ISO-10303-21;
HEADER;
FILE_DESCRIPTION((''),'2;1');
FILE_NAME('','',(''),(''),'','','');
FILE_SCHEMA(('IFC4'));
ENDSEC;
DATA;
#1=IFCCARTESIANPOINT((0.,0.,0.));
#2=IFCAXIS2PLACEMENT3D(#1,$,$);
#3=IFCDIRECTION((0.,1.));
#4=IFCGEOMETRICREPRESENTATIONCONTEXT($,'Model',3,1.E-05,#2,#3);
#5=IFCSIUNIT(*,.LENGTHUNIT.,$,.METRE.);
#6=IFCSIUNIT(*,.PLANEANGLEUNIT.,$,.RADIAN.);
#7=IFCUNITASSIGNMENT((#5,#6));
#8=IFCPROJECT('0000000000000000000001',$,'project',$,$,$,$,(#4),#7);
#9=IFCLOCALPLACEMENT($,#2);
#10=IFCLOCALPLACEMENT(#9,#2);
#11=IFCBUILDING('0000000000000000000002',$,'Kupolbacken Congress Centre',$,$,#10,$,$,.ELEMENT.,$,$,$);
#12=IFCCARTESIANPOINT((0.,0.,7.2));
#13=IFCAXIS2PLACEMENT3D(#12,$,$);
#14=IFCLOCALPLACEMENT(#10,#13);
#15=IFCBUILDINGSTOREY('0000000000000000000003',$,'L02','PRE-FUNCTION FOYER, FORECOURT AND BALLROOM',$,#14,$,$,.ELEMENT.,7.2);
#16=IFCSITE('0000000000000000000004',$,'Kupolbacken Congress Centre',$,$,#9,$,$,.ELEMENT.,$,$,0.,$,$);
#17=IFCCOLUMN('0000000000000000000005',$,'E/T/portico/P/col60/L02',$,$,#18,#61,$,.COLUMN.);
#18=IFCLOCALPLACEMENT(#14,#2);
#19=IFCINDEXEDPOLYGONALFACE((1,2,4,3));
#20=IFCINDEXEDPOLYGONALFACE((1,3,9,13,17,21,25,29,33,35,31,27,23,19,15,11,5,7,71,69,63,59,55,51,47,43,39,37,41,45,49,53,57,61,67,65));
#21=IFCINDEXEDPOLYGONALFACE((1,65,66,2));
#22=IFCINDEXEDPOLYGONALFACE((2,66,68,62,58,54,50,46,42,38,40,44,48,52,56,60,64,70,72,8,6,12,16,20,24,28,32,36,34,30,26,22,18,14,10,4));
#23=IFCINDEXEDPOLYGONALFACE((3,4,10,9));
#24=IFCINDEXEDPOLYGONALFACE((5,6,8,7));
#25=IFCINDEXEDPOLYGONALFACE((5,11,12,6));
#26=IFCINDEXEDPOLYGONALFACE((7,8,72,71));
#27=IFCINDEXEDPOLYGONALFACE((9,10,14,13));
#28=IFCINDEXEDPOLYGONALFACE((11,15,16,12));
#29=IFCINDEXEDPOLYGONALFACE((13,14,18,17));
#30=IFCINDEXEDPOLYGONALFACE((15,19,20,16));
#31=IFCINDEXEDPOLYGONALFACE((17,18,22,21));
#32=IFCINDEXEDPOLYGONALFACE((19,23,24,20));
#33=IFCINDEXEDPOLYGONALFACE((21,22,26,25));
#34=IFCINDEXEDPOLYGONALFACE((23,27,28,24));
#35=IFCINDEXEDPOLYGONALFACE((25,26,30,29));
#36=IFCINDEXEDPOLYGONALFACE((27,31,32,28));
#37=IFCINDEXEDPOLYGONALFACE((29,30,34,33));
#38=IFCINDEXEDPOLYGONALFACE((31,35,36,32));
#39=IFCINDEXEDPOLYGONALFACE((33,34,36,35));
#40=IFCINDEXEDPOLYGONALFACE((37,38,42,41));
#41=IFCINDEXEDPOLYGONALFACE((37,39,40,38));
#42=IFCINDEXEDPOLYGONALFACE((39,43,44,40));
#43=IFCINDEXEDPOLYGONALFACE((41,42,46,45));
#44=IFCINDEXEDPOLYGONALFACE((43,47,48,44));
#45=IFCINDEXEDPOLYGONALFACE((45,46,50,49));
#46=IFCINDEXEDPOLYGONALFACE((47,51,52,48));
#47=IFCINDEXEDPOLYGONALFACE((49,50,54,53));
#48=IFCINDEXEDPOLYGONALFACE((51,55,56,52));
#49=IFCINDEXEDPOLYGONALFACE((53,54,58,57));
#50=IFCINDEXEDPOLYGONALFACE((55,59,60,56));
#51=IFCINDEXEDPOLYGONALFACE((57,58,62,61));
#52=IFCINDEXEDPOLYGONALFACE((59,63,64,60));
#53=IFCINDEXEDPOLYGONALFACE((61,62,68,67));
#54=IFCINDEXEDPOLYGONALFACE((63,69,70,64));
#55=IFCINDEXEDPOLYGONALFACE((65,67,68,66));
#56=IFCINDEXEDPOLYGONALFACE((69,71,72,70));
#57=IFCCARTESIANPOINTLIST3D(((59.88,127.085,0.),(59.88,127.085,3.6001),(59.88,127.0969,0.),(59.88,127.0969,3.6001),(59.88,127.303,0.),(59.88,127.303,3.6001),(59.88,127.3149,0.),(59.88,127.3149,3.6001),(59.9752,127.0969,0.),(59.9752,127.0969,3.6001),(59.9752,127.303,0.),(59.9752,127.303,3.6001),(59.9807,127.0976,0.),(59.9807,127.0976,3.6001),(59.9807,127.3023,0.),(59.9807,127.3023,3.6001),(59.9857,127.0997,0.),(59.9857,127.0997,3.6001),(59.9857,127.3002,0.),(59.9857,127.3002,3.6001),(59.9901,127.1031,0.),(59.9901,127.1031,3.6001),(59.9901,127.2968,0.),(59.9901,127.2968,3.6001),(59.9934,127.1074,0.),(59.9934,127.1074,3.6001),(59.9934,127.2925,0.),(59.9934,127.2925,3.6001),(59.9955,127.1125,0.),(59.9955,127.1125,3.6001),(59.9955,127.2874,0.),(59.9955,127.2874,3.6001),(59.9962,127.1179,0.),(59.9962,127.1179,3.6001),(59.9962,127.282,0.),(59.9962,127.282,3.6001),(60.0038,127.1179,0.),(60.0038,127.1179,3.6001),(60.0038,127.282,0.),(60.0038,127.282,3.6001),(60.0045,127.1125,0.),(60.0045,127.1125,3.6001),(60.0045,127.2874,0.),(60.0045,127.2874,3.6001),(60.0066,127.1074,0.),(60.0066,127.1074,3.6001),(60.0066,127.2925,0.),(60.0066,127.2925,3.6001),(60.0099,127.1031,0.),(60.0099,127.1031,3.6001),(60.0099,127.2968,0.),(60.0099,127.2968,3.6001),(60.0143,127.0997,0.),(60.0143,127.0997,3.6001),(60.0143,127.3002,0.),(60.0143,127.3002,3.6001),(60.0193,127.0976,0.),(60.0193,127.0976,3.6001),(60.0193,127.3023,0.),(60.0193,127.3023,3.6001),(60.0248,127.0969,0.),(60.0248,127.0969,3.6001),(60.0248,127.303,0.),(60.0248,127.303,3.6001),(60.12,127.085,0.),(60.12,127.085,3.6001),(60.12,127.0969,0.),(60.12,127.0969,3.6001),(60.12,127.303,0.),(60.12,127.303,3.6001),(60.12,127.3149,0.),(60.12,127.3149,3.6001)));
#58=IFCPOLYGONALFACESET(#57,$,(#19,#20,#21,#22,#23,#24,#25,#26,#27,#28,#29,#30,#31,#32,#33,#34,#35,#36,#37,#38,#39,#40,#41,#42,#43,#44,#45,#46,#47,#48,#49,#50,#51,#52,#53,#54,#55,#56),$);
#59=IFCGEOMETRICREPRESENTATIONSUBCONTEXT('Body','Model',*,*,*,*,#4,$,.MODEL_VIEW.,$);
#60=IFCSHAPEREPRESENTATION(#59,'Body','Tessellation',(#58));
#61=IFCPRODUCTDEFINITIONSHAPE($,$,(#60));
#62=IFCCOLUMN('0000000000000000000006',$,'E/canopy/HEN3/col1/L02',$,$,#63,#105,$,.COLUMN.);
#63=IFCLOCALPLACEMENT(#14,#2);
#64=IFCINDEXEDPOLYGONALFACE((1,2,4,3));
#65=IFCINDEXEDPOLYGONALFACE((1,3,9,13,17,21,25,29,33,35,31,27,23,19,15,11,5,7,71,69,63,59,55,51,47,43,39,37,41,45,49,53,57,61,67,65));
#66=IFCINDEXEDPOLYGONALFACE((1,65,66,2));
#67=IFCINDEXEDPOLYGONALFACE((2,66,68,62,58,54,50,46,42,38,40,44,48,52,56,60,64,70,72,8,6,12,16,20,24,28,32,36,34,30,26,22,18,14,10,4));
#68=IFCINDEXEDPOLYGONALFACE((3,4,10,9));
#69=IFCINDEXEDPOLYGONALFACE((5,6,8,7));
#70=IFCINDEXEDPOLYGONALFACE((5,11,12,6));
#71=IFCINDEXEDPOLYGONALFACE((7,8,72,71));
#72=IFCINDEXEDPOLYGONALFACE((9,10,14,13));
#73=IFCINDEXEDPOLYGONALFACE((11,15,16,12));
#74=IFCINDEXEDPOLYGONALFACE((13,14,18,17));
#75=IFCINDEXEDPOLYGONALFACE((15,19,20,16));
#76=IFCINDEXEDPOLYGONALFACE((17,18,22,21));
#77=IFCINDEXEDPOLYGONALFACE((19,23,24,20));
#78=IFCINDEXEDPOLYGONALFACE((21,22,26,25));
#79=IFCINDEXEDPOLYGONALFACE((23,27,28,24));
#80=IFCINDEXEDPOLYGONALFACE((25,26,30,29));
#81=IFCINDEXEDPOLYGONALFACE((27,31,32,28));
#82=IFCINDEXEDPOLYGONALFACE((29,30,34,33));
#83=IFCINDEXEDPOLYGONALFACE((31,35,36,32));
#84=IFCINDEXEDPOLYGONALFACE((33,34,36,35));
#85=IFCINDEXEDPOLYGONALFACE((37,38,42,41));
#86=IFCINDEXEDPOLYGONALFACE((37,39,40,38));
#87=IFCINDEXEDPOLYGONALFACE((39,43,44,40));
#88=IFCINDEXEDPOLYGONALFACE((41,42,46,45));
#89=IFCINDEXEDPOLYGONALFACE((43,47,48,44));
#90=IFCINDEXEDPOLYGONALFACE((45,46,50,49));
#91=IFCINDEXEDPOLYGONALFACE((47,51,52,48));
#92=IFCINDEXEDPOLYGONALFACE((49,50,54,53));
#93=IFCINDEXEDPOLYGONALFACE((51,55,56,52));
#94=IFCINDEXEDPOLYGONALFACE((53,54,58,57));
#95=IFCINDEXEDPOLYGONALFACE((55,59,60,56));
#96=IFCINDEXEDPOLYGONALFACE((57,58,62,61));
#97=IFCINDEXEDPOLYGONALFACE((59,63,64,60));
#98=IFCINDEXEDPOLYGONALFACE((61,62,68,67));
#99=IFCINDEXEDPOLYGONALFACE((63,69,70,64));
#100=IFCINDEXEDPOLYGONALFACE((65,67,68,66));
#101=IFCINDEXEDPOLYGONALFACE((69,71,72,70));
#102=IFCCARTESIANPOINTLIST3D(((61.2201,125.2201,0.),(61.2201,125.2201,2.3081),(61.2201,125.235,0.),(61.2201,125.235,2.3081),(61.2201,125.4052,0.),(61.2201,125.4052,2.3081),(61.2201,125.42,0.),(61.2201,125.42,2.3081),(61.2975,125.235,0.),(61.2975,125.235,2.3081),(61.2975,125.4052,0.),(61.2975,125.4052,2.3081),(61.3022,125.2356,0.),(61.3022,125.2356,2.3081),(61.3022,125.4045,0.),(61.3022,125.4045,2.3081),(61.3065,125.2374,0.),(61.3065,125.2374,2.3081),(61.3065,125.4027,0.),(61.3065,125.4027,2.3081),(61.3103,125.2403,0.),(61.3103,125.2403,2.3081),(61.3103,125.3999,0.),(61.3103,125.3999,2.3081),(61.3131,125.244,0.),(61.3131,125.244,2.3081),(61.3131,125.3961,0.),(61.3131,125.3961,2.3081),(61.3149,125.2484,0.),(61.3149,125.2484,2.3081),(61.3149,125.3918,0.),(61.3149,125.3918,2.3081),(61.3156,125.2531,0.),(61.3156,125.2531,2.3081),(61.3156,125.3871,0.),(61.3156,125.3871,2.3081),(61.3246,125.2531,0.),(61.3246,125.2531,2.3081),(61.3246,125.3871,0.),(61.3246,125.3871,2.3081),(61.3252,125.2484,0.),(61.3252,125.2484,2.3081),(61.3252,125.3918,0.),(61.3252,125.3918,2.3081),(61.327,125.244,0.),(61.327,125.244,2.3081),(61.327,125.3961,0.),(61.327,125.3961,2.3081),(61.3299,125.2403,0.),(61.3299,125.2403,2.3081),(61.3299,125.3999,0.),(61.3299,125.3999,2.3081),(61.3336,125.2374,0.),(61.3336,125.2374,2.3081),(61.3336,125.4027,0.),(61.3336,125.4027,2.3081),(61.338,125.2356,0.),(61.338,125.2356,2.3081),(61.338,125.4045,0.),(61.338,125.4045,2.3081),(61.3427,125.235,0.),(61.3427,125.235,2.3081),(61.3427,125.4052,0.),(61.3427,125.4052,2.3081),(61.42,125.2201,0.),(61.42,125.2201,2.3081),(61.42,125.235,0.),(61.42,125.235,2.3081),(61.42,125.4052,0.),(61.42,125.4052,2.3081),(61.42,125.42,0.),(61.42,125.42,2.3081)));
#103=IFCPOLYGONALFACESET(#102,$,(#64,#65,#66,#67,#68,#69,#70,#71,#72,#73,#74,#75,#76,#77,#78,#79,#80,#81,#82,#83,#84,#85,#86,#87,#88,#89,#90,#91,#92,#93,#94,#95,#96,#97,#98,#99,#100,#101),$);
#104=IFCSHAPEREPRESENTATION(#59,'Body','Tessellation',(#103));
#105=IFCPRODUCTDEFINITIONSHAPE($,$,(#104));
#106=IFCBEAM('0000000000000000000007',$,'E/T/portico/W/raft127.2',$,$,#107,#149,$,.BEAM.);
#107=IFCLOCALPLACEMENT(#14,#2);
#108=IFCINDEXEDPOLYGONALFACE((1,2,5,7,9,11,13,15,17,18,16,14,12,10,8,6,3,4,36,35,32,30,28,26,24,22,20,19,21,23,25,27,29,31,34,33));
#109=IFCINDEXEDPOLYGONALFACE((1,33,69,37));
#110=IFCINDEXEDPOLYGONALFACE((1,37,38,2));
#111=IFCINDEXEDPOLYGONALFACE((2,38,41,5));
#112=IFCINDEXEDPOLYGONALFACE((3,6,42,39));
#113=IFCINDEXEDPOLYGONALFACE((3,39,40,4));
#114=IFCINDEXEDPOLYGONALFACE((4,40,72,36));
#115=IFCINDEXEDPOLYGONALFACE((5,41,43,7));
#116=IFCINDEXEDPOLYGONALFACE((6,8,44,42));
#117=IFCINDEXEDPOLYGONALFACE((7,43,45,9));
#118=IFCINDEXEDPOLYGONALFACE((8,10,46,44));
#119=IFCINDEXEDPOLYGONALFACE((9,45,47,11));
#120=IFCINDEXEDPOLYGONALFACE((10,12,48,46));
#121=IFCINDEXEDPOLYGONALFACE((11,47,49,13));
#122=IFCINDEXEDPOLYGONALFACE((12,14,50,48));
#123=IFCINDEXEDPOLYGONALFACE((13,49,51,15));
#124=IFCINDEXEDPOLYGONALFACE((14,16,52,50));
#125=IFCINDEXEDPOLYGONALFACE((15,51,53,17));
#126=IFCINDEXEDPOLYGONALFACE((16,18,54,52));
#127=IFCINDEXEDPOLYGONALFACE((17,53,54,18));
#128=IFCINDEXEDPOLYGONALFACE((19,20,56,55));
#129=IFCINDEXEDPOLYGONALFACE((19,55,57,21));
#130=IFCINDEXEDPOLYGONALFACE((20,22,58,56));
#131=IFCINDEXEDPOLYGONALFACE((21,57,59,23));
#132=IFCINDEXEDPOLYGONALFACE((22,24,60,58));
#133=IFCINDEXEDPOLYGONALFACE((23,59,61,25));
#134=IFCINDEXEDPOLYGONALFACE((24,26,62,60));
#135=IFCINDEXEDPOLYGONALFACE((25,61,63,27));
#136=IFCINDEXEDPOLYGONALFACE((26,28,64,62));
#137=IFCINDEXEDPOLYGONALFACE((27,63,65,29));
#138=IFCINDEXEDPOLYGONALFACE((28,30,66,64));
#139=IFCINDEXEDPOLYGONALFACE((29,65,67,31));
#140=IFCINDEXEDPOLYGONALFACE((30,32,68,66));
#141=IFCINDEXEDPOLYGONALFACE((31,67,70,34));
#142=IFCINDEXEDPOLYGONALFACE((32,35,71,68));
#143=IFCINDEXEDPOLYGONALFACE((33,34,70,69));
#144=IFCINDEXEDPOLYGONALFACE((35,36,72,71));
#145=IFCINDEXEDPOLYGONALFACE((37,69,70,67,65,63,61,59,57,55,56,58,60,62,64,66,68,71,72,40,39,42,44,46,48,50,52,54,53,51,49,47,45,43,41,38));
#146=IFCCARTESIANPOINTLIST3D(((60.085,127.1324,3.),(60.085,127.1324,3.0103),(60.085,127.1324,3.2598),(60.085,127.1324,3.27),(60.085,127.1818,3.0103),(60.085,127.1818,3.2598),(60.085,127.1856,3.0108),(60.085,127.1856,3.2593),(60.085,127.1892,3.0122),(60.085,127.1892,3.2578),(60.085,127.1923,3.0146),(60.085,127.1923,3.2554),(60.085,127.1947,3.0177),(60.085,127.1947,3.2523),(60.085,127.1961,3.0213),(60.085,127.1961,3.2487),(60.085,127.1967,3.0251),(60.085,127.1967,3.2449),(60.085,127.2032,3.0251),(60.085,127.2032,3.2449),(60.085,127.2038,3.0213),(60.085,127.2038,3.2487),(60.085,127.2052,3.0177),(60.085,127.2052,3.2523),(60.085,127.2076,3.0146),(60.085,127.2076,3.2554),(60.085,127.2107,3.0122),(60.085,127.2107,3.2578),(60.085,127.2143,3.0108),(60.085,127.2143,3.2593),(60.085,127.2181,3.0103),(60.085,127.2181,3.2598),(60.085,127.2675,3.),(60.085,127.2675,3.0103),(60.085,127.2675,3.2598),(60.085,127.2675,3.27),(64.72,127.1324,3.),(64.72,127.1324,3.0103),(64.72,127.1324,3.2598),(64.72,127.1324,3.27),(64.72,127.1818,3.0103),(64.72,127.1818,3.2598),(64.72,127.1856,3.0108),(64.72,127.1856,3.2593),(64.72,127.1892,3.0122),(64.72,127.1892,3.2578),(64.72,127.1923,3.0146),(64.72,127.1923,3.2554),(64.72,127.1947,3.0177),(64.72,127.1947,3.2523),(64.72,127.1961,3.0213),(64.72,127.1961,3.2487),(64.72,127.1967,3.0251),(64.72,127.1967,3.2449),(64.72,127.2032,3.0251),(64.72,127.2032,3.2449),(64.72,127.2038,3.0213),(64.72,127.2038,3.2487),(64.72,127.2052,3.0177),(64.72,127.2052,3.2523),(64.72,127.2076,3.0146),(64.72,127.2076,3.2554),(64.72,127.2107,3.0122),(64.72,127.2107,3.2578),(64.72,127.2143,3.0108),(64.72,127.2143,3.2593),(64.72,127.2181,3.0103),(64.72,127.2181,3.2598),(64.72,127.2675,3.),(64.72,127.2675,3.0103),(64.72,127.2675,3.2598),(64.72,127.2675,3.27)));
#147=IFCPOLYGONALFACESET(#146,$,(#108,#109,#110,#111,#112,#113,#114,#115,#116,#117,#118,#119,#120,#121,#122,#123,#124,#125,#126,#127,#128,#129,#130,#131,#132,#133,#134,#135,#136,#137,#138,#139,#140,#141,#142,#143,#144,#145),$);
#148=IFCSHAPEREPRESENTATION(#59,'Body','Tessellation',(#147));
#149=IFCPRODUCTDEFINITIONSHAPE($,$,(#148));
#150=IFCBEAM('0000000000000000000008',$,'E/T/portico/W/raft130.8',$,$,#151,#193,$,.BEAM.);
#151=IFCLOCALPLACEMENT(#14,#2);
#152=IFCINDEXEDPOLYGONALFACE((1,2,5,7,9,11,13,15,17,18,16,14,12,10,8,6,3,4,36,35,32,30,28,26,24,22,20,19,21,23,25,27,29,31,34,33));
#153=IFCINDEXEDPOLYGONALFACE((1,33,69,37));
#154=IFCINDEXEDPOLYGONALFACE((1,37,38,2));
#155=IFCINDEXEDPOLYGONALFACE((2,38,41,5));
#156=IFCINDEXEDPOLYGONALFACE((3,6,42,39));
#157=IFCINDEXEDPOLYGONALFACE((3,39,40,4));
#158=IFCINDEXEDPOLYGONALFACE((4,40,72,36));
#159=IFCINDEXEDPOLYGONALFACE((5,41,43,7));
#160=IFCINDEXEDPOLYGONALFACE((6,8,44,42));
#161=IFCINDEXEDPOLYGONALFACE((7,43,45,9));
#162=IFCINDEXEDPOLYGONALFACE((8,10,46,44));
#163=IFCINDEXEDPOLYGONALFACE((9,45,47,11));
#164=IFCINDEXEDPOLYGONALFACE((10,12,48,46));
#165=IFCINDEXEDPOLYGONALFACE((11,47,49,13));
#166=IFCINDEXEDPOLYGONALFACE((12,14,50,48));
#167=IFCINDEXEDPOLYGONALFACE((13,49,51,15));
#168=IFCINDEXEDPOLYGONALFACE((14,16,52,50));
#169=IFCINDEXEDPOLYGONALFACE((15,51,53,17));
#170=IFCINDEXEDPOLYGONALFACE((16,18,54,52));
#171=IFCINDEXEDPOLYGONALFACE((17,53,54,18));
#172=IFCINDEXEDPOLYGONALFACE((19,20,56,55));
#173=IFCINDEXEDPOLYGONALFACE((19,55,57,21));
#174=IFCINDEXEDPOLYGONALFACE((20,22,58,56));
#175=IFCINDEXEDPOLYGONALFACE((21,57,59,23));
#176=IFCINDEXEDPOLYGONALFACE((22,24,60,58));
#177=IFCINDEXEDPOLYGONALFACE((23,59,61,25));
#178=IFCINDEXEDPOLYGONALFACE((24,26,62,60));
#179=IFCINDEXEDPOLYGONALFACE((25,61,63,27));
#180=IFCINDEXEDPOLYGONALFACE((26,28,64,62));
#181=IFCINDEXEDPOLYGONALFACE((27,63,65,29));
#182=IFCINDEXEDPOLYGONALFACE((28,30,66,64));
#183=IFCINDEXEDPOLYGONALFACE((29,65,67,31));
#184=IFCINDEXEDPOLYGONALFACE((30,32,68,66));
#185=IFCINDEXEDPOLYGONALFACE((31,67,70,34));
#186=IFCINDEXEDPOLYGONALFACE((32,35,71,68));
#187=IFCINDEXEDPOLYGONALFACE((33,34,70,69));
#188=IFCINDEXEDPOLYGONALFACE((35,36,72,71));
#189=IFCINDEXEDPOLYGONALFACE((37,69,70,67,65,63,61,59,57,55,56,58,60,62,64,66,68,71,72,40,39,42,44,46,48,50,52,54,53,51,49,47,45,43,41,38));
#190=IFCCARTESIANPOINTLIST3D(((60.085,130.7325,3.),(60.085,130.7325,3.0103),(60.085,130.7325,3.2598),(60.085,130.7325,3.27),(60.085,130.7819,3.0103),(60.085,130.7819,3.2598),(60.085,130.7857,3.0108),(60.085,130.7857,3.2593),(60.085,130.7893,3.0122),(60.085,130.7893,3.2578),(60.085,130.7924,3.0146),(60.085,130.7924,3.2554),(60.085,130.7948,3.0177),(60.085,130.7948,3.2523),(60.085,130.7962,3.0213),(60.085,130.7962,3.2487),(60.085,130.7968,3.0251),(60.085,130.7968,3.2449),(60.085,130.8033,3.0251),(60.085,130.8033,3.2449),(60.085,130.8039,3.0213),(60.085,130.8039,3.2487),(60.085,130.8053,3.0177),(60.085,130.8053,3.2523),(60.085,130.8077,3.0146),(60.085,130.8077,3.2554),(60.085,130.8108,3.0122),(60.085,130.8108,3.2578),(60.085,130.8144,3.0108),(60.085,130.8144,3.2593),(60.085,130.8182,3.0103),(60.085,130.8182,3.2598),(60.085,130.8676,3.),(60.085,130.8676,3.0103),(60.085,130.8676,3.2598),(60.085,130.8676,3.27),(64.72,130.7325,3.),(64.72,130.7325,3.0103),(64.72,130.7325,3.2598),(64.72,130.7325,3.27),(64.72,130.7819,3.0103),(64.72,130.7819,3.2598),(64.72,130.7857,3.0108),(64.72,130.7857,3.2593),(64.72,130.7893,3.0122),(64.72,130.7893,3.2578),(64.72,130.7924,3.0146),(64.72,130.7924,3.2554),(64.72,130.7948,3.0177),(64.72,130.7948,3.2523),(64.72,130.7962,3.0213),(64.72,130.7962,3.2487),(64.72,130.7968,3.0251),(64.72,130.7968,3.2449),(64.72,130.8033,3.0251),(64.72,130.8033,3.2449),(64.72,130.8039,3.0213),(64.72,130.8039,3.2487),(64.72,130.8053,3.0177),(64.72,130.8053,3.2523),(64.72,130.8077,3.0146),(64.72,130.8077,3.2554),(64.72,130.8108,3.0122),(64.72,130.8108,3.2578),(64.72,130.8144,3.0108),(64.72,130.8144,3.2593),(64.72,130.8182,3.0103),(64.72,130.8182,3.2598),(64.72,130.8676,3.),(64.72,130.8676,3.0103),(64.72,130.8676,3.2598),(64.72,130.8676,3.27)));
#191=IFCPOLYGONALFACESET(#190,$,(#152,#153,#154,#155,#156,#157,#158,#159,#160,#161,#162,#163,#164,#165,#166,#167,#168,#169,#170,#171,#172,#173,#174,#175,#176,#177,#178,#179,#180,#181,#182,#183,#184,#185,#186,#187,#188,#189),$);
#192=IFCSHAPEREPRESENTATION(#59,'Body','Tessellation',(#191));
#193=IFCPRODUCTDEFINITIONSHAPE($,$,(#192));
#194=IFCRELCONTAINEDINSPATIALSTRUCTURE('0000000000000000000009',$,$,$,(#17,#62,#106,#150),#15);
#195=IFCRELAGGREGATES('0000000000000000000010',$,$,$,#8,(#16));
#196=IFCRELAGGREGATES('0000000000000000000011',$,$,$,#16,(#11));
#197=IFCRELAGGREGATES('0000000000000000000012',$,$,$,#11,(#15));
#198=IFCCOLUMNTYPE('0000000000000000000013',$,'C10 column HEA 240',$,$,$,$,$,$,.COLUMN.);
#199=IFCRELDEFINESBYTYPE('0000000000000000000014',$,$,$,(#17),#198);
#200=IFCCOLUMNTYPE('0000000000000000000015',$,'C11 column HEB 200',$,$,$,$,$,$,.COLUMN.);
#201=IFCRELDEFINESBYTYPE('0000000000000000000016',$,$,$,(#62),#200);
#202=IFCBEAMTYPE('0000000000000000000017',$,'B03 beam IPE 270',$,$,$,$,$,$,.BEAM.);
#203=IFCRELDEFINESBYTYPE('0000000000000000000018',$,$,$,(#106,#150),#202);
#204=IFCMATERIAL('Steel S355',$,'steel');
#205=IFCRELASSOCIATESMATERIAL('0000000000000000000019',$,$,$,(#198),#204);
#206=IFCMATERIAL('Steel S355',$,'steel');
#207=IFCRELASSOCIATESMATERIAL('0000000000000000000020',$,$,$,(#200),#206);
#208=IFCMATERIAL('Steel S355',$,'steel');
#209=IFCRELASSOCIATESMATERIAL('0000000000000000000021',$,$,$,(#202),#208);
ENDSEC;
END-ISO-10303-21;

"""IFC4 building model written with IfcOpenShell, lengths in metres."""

from ifc_helpers import new_model, si_unit, direction, frame, origin, origin_2d, place, context, subcontext, project, spatial, i_section, extrude, material, material_profile, profile_set, type_object, element, save


model = new_model("IFC4")

# Units and contexts
model_context = context("Model", 3, precision=1e-05, world=origin(), true_north=direction((0.0, 1.0)))
body_context = subcontext(model_context, "Body", "Model", "MODEL_VIEW")
ifc_project = project(units=[si_unit("LENGTHUNIT", "METRE"), si_unit("PLANEANGLEUNIT", "RADIAN")], contexts=[model_context])

# Site, building, storey
site_placement = place(None, origin())
site = spatial("IfcSite", under=ifc_project, at=site_placement, Name="Kupolbacken Congress Centre", CompositionType="ELEMENT", RefElevation=0.0)
building_placement = place(site_placement, origin())
building = spatial("IfcBuilding", under=site, at=building_placement, Name="Kupolbacken Congress Centre", CompositionType="ELEMENT")
storey_placement = place(building_placement, frame((0.0, 0.0, 7.2)))
storey = spatial("IfcBuildingStorey", under=building, at=storey_placement, Name="L02", Description="PRE-FUNCTION FOYER, FORECOURT AND BALLROOM", CompositionType="ELEMENT", Elevation=7.2)

# Columns
ifc_material_1 = material(Name="Steel S355", Category="steel")
ifc_material_profile_1 = material_profile(ifc_material_1, i_section(OverallWidth=0.24, OverallDepth=0.23, WebThickness=0.0076, FlangeThickness=0.012, FilletRadius=0.021, at=origin_2d()), Name="HEA 240")
ifc_profile_set_1 = profile_set([ifc_material_profile_1], Name="Steel S355")
column_type_1 = type_object("IfcColumnType", Name="C10 column HEA 240", PredefinedType="COLUMN", material=ifc_profile_set_1)
column_1_placement = place(storey_placement, frame((60.0, 127.2, 0.0), z_axis=(0.0, 0.0, 1.0), x_axis=(1.0, 0.0, 0.0)))
element("IfcColumn", 1, at=column_1_placement, inside=storey, type_object=column_type_1, Name="E/T/portico/P/col60/L02", PredefinedType="COLUMN", context=body_context, shape_type="SweptSolid", body=[
    extrude(i_section(OverallWidth=0.24, OverallDepth=0.23, WebThickness=0.0076, FlangeThickness=0.012, FilletRadius=0.021, at=origin_2d()), origin(), (0.0, 0.0, 1.0), 3.6001),
])
ifc_material_2 = material(Name="Steel S355", Category="steel")
ifc_material_profile_2 = material_profile(ifc_material_2, i_section(OverallWidth=0.2, OverallDepth=0.2, WebThickness=0.009, FlangeThickness=0.0149, FilletRadius=0.0181, at=origin_2d()), Name="HEB 200")
ifc_profile_set_2 = profile_set([ifc_material_profile_2], Name="Steel S355")
column_type_2 = type_object("IfcColumnType", Name="C11 column HEB 200", PredefinedType="COLUMN", material=ifc_profile_set_2)
column_2_placement = place(storey_placement, frame((61.3201, 125.3201, 0.0), z_axis=(0.0, 0.0, 1.0), x_axis=(1.0, 0.0, 0.0)))
element("IfcColumn", 2, at=column_2_placement, inside=storey, type_object=column_type_2, Name="E/canopy/HEN3/col1/L02", PredefinedType="COLUMN", context=body_context, shape_type="SweptSolid", body=[
    extrude(i_section(OverallWidth=0.2, OverallDepth=0.2, WebThickness=0.009, FlangeThickness=0.0149, FilletRadius=0.0181, at=origin_2d()), origin(), (0.0, 0.0, 1.0), 2.3081),
])

# Beams
ifc_material_3 = material(Name="Steel S355", Category="steel")
ifc_material_profile_3 = material_profile(ifc_material_3, i_section(OverallWidth=0.135, OverallDepth=0.27, WebThickness=0.0066, FlangeThickness=0.0103, FilletRadius=0.0149, at=origin_2d()), Name="IPE 270")
ifc_profile_set_3 = profile_set([ifc_material_profile_3], Name="Steel S355")
beam_type_1 = type_object("IfcBeamType", Name="B03 beam IPE 270", PredefinedType="BEAM", material=ifc_profile_set_3)
for number, where, z_axis, x_axis, name in (
    (3, (64.72, 127.2, 3.135), (-1.0, 0.0, 0.0), (0.0, -1.0, 0.0), "E/T/portico/W/raft127.2"),
    (4, (64.72, 130.8, 3.135), (-1.0, 0.0, 0.0), (0.0, -1.0, 0.0), "E/T/portico/W/raft130.8"),
):
    element("IfcBeam", number, at=place(storey_placement, frame(where, z_axis=z_axis, x_axis=x_axis)), inside=storey, type_object=beam_type_1, Name=name, PredefinedType="BEAM", context=body_context, shape_type="SweptSolid", body=[
        extrude(i_section(OverallWidth=0.135, OverallDepth=0.27, WebThickness=0.0066, FlangeThickness=0.0103, FilletRadius=0.0149, at=origin_2d()), origin(), (0.0, 0.0, 1.0), 4.635),
    ])

save(model, "model.ifc")
